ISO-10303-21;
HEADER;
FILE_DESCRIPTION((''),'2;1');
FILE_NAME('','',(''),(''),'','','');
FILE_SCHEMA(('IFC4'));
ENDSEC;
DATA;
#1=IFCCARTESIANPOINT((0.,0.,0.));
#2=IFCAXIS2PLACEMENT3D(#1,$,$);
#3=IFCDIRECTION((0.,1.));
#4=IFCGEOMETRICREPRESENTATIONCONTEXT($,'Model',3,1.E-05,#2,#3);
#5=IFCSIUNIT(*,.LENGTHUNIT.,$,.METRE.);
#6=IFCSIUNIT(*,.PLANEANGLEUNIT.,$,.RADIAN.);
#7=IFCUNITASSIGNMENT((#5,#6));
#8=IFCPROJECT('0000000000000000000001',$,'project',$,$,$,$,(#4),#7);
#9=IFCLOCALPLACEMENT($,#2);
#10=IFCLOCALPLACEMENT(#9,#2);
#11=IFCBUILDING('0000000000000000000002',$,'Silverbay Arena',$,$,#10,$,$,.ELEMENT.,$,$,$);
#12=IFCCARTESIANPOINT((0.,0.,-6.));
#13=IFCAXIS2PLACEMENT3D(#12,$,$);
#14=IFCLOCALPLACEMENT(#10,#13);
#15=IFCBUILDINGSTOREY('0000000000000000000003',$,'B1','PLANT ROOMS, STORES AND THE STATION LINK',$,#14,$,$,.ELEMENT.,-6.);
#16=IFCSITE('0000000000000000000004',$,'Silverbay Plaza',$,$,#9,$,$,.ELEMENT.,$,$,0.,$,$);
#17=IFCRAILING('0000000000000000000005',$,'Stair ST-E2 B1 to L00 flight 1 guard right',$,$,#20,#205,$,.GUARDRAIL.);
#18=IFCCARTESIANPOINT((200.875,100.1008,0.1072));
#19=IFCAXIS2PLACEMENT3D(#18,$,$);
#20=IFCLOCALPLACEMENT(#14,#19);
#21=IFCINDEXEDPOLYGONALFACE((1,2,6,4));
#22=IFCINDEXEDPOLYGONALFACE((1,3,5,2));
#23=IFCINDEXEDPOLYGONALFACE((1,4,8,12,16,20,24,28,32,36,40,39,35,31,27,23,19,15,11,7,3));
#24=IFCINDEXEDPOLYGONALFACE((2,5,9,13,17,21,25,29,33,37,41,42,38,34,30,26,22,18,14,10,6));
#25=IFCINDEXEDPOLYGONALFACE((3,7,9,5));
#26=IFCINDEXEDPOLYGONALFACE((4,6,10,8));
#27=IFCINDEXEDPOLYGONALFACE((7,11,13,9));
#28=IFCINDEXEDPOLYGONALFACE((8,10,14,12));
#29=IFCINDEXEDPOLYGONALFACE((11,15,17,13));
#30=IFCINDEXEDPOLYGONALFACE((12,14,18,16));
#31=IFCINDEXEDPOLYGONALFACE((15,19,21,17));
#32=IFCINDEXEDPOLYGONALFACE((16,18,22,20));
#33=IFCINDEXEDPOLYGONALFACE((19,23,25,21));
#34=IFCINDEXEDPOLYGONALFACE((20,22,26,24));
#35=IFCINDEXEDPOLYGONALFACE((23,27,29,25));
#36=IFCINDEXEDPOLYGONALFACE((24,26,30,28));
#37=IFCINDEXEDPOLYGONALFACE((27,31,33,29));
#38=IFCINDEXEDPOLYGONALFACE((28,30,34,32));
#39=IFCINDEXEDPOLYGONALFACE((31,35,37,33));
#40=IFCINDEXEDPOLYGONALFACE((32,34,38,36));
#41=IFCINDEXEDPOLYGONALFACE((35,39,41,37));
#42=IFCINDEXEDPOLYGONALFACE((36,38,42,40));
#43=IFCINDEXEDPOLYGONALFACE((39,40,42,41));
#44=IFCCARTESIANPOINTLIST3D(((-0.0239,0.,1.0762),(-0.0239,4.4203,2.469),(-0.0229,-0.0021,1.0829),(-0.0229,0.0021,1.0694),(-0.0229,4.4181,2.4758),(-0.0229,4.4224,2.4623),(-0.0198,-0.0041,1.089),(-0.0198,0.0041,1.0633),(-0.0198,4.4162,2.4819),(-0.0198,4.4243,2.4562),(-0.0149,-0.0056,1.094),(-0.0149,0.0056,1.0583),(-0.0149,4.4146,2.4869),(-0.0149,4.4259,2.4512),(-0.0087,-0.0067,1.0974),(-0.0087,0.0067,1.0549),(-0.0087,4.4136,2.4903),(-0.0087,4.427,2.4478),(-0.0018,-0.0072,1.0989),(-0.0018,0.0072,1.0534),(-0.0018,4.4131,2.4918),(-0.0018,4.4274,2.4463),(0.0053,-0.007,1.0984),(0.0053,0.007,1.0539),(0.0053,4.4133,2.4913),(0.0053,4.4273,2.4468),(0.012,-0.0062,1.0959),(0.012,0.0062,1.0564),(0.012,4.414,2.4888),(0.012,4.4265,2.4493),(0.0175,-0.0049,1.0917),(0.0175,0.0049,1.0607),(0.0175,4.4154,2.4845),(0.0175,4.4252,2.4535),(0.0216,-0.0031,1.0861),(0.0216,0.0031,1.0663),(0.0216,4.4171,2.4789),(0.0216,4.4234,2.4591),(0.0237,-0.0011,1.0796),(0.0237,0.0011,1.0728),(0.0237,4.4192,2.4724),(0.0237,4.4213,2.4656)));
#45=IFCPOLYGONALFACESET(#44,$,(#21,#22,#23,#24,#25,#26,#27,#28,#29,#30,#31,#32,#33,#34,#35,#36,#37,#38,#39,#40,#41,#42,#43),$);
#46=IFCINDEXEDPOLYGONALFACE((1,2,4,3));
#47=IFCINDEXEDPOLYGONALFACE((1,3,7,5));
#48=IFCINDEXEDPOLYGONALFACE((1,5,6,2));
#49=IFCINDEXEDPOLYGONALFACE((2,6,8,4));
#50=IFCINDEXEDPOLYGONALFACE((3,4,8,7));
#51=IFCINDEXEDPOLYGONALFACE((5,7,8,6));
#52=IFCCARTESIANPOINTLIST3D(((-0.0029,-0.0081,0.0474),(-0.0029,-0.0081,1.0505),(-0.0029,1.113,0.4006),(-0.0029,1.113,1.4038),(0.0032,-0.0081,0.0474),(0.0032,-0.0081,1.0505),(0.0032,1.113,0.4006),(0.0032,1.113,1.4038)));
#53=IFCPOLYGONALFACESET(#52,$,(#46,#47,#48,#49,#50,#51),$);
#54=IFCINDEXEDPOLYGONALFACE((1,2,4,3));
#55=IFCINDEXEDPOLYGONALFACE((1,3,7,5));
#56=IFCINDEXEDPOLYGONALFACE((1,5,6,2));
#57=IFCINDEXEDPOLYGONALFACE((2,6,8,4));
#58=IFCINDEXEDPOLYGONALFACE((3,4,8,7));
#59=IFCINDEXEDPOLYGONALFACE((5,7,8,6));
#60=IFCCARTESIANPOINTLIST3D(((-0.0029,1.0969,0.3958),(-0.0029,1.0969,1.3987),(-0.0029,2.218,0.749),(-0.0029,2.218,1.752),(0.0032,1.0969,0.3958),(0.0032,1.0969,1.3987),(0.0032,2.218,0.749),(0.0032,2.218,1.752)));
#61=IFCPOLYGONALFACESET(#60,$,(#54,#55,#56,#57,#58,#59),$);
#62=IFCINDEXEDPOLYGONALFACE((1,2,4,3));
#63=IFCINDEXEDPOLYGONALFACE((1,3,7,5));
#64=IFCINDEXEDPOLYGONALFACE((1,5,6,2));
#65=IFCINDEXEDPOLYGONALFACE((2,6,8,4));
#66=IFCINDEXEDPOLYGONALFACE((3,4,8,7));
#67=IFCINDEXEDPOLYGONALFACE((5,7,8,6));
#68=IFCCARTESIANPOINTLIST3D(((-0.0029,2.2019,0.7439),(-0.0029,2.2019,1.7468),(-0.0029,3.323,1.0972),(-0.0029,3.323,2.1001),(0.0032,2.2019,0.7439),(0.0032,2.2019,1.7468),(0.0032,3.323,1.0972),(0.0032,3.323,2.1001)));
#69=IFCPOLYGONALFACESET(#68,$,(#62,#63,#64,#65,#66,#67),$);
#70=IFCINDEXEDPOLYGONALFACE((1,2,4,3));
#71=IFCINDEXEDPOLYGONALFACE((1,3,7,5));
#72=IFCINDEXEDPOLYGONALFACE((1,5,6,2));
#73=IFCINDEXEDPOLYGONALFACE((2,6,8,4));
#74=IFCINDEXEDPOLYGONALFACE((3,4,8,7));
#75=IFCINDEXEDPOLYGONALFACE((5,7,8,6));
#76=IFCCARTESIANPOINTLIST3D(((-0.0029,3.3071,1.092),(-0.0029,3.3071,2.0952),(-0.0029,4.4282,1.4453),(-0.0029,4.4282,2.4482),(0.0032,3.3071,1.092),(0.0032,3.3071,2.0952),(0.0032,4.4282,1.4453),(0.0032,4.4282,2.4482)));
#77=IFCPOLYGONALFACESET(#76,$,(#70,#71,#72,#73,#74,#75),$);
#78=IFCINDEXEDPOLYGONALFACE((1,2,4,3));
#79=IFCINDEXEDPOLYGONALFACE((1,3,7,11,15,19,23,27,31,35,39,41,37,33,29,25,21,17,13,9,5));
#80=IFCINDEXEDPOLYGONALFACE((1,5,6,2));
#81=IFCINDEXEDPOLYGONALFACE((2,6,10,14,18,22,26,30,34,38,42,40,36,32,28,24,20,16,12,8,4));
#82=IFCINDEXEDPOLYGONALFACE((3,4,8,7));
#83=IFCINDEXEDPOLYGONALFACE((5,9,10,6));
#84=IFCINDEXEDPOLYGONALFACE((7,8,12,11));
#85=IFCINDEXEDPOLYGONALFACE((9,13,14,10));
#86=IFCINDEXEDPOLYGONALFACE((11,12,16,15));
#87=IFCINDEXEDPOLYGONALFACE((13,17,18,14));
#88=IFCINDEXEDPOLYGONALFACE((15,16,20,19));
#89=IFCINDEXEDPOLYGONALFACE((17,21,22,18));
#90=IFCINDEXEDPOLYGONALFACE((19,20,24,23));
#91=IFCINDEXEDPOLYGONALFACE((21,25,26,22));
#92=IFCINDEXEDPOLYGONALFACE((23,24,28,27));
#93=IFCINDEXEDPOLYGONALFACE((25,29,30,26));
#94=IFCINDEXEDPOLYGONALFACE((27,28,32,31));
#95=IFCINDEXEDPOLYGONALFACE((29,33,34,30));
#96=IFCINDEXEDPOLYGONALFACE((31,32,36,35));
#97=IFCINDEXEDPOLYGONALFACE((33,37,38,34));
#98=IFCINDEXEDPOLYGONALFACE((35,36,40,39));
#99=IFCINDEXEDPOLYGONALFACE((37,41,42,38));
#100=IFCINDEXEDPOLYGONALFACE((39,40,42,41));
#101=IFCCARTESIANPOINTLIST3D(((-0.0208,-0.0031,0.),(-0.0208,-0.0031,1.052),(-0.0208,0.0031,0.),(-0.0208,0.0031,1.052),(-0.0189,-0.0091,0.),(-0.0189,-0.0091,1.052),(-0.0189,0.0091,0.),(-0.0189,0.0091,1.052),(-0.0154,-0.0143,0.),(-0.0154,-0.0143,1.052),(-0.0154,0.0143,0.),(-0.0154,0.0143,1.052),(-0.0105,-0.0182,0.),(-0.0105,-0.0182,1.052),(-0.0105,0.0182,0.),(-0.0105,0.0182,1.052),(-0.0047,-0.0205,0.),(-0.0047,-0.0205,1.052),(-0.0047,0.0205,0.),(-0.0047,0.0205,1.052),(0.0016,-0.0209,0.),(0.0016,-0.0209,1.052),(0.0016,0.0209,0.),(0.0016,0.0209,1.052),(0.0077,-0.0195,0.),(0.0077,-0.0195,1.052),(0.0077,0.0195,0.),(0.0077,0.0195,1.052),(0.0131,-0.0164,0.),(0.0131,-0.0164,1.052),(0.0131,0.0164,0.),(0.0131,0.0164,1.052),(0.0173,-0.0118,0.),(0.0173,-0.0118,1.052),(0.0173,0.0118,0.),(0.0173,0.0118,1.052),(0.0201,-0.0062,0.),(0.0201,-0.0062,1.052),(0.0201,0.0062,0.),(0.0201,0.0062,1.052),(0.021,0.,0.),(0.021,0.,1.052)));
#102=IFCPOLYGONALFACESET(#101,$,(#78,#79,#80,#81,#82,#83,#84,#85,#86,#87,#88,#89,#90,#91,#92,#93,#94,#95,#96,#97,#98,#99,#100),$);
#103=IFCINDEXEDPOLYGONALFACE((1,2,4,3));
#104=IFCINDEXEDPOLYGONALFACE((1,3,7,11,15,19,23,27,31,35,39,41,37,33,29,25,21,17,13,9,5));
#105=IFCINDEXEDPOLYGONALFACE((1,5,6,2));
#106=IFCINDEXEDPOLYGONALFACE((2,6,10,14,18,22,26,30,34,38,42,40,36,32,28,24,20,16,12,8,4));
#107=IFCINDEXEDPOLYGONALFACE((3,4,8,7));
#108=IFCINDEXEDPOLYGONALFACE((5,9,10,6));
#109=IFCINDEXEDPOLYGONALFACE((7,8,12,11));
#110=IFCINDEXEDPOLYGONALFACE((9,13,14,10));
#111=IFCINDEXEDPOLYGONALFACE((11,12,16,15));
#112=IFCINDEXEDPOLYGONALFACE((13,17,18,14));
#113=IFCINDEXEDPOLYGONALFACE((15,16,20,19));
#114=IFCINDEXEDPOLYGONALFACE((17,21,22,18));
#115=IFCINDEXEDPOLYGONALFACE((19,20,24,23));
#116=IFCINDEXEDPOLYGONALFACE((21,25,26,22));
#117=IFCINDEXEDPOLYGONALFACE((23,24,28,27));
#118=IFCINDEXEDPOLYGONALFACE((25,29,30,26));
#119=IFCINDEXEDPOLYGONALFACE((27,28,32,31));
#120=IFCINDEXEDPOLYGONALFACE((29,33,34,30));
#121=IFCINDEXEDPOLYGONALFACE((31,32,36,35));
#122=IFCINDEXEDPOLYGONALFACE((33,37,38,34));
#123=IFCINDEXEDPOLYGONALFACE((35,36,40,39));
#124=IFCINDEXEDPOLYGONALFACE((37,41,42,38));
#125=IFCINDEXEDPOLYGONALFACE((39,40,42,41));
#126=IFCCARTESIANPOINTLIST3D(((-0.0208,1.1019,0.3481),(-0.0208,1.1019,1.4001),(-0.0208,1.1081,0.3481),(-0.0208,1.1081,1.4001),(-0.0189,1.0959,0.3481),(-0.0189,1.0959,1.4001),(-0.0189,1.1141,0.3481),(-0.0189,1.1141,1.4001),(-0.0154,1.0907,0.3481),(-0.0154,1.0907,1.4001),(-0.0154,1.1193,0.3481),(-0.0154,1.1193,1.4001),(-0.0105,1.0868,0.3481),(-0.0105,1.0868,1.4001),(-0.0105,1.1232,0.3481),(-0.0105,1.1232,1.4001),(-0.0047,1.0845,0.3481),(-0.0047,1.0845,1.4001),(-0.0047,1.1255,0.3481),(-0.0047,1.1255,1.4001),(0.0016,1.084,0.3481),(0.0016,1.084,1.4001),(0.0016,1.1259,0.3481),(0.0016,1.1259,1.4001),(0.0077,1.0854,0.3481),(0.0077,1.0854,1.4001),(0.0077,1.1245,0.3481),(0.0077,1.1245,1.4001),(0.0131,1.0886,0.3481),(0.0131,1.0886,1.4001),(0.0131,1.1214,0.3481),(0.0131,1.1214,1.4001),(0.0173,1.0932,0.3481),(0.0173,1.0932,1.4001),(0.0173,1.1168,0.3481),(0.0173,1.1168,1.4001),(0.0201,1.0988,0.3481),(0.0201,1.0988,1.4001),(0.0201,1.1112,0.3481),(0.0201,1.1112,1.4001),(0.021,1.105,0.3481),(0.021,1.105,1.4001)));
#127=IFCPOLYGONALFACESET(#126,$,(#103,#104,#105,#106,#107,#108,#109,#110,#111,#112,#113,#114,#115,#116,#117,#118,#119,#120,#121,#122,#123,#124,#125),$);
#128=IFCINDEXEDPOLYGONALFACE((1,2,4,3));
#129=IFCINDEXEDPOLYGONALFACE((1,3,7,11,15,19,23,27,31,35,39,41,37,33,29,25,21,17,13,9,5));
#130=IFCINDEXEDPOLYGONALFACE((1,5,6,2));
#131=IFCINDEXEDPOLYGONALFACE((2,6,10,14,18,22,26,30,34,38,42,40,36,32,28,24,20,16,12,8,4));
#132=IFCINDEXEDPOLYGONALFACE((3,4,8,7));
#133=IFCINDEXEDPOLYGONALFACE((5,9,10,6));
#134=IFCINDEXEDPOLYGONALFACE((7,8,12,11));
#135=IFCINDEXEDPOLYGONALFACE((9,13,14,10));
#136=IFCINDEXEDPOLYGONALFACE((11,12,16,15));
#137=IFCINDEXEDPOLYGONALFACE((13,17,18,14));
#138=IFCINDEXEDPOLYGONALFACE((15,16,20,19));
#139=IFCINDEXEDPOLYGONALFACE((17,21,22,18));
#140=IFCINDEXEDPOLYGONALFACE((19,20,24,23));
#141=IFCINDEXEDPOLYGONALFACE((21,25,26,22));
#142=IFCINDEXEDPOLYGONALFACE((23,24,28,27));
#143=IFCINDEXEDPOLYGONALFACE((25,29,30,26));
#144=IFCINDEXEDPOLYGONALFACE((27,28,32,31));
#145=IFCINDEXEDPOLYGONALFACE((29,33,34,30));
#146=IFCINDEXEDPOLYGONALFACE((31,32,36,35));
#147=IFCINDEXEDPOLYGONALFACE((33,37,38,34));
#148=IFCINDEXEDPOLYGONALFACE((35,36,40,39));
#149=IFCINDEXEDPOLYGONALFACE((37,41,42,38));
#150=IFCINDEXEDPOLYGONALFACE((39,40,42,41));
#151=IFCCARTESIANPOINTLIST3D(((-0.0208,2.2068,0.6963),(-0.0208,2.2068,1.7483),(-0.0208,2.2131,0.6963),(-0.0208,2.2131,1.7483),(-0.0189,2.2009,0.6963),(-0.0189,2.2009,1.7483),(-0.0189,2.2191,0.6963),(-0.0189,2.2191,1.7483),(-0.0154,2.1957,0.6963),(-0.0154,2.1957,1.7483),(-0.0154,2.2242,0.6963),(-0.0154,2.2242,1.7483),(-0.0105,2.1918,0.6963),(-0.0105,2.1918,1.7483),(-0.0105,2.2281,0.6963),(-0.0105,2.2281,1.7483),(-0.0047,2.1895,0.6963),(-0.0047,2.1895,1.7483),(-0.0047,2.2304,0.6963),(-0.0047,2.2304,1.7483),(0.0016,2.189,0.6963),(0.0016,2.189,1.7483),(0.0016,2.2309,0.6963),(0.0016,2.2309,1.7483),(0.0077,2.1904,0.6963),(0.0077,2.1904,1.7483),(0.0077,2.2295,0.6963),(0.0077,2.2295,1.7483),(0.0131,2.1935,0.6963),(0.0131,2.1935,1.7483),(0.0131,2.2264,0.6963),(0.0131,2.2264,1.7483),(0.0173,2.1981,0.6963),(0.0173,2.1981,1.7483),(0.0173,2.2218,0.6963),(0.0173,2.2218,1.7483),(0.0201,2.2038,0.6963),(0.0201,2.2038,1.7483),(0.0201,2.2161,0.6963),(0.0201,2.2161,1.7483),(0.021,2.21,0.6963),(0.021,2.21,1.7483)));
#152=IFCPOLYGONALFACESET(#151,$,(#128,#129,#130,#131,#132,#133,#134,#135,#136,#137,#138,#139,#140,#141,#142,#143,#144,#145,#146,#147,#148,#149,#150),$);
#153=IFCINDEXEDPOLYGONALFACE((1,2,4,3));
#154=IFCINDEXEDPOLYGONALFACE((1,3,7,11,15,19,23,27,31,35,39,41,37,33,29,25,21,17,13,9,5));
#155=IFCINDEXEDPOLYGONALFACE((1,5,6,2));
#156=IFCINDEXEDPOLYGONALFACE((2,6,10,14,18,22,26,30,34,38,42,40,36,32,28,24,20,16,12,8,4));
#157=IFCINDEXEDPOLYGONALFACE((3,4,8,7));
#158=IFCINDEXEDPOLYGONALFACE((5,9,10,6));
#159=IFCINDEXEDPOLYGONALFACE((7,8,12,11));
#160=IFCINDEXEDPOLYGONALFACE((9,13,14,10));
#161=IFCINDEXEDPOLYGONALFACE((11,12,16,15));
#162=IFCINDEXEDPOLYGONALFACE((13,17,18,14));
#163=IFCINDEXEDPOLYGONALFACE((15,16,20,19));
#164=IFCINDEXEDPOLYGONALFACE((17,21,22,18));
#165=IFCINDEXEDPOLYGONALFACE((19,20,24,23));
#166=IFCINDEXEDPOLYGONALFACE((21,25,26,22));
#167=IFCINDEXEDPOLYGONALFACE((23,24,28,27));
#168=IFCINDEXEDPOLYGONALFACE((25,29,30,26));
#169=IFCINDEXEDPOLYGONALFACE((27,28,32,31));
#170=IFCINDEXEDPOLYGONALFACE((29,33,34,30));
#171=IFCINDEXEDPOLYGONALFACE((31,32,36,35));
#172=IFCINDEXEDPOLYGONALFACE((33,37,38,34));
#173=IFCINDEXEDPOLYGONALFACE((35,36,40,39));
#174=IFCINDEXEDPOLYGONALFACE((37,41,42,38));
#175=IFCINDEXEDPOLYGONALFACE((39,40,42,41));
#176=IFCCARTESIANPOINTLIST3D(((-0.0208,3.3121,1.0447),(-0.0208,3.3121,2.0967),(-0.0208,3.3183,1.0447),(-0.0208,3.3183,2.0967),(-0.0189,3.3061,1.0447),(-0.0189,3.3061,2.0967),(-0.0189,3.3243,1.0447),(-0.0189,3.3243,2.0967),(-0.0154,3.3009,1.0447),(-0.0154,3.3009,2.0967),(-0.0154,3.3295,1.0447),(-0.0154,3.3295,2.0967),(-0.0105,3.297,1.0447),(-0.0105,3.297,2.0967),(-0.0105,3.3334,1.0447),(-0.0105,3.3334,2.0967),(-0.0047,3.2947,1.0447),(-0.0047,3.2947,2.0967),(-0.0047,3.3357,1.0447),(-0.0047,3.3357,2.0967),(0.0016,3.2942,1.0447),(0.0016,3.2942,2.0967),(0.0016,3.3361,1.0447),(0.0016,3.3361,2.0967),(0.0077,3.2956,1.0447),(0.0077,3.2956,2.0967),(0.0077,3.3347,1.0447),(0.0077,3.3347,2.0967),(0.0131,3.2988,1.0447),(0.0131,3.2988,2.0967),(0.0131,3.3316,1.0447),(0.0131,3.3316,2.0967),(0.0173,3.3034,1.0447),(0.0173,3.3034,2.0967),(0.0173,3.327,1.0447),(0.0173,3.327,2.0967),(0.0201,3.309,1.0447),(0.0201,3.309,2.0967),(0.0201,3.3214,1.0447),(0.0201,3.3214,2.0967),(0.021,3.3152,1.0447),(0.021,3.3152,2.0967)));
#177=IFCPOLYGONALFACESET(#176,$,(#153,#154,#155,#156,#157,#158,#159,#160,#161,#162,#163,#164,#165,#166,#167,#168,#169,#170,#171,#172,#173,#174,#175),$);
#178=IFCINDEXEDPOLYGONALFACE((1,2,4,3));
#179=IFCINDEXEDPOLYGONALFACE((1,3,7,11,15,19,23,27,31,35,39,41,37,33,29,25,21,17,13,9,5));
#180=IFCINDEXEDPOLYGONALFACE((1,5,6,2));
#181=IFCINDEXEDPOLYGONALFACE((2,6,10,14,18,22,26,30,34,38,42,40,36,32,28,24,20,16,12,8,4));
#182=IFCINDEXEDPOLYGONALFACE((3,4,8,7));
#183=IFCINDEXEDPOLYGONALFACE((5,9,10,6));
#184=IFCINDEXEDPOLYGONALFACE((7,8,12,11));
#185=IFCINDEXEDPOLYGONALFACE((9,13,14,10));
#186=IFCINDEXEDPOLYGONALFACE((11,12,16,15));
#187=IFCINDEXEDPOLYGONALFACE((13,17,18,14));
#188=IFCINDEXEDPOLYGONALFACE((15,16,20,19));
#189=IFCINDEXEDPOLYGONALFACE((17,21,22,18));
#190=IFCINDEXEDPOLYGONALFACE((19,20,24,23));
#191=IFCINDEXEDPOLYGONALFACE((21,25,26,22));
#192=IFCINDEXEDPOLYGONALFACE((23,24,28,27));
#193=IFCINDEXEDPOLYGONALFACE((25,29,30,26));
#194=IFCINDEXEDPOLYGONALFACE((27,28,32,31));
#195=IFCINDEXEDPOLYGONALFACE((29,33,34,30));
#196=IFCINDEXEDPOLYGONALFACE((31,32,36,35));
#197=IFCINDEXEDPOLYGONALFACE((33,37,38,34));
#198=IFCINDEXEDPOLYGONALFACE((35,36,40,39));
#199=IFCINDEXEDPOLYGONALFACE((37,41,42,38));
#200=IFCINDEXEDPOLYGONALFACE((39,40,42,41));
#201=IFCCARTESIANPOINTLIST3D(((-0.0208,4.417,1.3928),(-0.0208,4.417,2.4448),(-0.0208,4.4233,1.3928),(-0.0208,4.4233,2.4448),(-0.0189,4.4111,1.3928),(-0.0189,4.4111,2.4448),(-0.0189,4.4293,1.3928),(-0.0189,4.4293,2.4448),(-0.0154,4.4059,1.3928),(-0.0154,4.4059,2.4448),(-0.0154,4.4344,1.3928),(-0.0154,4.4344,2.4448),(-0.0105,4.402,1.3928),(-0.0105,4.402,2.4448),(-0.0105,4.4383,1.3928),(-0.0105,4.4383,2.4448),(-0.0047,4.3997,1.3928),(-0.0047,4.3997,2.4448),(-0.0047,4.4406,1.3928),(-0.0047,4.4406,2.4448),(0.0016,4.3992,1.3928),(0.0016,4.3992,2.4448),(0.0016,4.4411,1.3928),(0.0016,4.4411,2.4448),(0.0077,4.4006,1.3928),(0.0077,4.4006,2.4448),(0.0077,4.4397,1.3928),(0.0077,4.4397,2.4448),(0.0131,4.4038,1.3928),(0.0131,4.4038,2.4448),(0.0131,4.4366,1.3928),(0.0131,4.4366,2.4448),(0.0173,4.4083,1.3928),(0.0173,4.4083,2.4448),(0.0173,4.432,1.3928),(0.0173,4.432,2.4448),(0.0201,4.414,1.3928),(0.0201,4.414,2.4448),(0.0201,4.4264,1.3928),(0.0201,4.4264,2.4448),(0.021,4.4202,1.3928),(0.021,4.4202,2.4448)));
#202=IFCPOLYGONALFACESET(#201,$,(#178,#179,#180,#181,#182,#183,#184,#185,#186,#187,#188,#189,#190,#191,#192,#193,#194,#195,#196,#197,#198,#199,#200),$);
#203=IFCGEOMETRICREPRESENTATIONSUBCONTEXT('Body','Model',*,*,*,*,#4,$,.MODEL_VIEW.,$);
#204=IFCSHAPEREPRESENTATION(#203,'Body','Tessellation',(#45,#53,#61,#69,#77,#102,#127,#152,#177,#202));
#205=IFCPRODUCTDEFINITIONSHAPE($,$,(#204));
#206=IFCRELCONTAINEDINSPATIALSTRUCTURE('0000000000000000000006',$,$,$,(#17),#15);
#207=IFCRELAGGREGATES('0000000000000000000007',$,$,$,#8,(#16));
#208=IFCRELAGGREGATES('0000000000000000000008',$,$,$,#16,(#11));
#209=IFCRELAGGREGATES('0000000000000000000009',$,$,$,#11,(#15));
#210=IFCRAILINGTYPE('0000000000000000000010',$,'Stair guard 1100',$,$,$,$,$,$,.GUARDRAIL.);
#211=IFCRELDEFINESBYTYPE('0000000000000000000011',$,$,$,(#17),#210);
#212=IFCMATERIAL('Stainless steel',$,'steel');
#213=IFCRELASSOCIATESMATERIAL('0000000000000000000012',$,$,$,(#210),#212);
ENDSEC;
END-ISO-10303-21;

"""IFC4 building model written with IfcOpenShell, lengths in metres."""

from ifc_helpers import new_model, si_unit, direction, frame, origin, origin_2d, place, context, subcontext, project, spatial, polyline, circle, outline, extrude, material, type_object, element, save


model = new_model("IFC4")

# Units and contexts
model_context = context("Model", 3, precision=1e-05, world=origin(), true_north=direction((0.0, 1.0)))
body_context = subcontext(model_context, "Body", "Model", "MODEL_VIEW")
ifc_project = project(units=[si_unit("LENGTHUNIT", "METRE"), si_unit("PLANEANGLEUNIT", "RADIAN")], contexts=[model_context])

# Site, building, storey
site_placement = place(None, origin())
site = spatial("IfcSite", under=ifc_project, at=site_placement, Name="Silverbay Plaza", CompositionType="ELEMENT", RefElevation=0.0)
building_placement = place(site_placement, origin())
building = spatial("IfcBuilding", under=site, at=building_placement, Name="Silverbay Arena", CompositionType="ELEMENT")
storey_placement = place(building_placement, frame((0.0, 0.0, -6.0)))
storey = spatial("IfcBuildingStorey", under=building, at=storey_placement, Name="B1", Description="PLANT ROOMS, STORES AND THE STATION LINK", CompositionType="ELEMENT", Elevation=-6.0)

# Railing
ifc_material_1 = material(Name="Stainless steel", Category="steel")
railing_type_1 = type_object("IfcRailingType", Name="Stair guard 1100", PredefinedType="GUARDRAIL", material=ifc_material_1)
railing_1_placement = place(storey_placement, frame((200.875, 100.1008, 0.1072)))
element("IfcRailing", 1, at=railing_1_placement, inside=storey, type_object=railing_type_1, Name="Stair ST-E2 B1 to L00 flight 1 guard right", PredefinedType="GUARDRAIL", context=body_context, shape_type="SweptSolid", body=[
    extrude(circle(Radius=0.0239, at=origin_2d()), frame((0.0, 0.0, 1.0762), z_axis=(0.0, 0.95377, 0.300539), x_axis=(-1.0, 0.0, 0.0)), (0.0, 0.0, 1.0), 4.6345),
    extrude(outline(polyline([(-0.0081, 0.0474), (1.113, 0.4006), (1.113, 1.4038), (-0.0081, 1.0505), (-0.0081, 0.0474)])), frame((-0.0029, 0.0, 0.0), z_axis=(1.0, 0.0, 0.0), x_axis=(0.0, 1.0, 0.0)), (0.0, 0.0, 1.0), 0.0061),
    extrude(outline(polyline([(-0.0081, 0.3958), (1.113, 0.749), (1.113, 1.752), (-0.0081, 1.3987), (-0.0081, 0.3958)])), frame((-0.0029, 1.105, 0.0), z_axis=(1.0, 0.0, 0.0), x_axis=(0.0, 1.0, 0.0)), (0.0, 0.0, 1.0), 0.0061),
    extrude(outline(polyline([(-0.0081, 0.7439), (1.113, 1.0972), (1.113, 2.1001), (-0.0081, 1.7468), (-0.0081, 0.7439)])), frame((-0.0029, 2.21, 0.0), z_axis=(1.0, 0.0, 0.0), x_axis=(0.0, 1.0, 0.0)), (0.0, 0.0, 1.0), 0.0061),
    extrude(outline(polyline([(-0.0081, 1.092), (1.113, 1.4453), (1.113, 2.4482), (-0.0081, 2.0952), (-0.0081, 1.092)])), frame((-0.0029, 3.3152, 0.0), z_axis=(1.0, 0.0, 0.0), x_axis=(0.0, 1.0, 0.0)), (0.0, 0.0, 1.0), 0.0061),
    extrude(circle(Radius=0.021, at=origin_2d()), origin(), (0.0, 0.0, 1.0), 1.052),
    extrude(circle(Radius=0.021, at=origin_2d()), frame((0.0, 1.105, 0.3481)), (0.0, 0.0, 1.0), 1.052),
    extrude(circle(Radius=0.021, at=origin_2d()), frame((0.0, 2.21, 0.6963)), (0.0, 0.0, 1.0), 1.052),
    extrude(circle(Radius=0.021, at=origin_2d()), frame((0.0, 3.3152, 1.0447)), (0.0, 0.0, 1.0), 1.052),
    extrude(circle(Radius=0.021, at=origin_2d()), frame((0.0, 4.4202, 1.3928)), (0.0, 0.0, 1.0), 1.052),
])

save(model, "model.ifc")
